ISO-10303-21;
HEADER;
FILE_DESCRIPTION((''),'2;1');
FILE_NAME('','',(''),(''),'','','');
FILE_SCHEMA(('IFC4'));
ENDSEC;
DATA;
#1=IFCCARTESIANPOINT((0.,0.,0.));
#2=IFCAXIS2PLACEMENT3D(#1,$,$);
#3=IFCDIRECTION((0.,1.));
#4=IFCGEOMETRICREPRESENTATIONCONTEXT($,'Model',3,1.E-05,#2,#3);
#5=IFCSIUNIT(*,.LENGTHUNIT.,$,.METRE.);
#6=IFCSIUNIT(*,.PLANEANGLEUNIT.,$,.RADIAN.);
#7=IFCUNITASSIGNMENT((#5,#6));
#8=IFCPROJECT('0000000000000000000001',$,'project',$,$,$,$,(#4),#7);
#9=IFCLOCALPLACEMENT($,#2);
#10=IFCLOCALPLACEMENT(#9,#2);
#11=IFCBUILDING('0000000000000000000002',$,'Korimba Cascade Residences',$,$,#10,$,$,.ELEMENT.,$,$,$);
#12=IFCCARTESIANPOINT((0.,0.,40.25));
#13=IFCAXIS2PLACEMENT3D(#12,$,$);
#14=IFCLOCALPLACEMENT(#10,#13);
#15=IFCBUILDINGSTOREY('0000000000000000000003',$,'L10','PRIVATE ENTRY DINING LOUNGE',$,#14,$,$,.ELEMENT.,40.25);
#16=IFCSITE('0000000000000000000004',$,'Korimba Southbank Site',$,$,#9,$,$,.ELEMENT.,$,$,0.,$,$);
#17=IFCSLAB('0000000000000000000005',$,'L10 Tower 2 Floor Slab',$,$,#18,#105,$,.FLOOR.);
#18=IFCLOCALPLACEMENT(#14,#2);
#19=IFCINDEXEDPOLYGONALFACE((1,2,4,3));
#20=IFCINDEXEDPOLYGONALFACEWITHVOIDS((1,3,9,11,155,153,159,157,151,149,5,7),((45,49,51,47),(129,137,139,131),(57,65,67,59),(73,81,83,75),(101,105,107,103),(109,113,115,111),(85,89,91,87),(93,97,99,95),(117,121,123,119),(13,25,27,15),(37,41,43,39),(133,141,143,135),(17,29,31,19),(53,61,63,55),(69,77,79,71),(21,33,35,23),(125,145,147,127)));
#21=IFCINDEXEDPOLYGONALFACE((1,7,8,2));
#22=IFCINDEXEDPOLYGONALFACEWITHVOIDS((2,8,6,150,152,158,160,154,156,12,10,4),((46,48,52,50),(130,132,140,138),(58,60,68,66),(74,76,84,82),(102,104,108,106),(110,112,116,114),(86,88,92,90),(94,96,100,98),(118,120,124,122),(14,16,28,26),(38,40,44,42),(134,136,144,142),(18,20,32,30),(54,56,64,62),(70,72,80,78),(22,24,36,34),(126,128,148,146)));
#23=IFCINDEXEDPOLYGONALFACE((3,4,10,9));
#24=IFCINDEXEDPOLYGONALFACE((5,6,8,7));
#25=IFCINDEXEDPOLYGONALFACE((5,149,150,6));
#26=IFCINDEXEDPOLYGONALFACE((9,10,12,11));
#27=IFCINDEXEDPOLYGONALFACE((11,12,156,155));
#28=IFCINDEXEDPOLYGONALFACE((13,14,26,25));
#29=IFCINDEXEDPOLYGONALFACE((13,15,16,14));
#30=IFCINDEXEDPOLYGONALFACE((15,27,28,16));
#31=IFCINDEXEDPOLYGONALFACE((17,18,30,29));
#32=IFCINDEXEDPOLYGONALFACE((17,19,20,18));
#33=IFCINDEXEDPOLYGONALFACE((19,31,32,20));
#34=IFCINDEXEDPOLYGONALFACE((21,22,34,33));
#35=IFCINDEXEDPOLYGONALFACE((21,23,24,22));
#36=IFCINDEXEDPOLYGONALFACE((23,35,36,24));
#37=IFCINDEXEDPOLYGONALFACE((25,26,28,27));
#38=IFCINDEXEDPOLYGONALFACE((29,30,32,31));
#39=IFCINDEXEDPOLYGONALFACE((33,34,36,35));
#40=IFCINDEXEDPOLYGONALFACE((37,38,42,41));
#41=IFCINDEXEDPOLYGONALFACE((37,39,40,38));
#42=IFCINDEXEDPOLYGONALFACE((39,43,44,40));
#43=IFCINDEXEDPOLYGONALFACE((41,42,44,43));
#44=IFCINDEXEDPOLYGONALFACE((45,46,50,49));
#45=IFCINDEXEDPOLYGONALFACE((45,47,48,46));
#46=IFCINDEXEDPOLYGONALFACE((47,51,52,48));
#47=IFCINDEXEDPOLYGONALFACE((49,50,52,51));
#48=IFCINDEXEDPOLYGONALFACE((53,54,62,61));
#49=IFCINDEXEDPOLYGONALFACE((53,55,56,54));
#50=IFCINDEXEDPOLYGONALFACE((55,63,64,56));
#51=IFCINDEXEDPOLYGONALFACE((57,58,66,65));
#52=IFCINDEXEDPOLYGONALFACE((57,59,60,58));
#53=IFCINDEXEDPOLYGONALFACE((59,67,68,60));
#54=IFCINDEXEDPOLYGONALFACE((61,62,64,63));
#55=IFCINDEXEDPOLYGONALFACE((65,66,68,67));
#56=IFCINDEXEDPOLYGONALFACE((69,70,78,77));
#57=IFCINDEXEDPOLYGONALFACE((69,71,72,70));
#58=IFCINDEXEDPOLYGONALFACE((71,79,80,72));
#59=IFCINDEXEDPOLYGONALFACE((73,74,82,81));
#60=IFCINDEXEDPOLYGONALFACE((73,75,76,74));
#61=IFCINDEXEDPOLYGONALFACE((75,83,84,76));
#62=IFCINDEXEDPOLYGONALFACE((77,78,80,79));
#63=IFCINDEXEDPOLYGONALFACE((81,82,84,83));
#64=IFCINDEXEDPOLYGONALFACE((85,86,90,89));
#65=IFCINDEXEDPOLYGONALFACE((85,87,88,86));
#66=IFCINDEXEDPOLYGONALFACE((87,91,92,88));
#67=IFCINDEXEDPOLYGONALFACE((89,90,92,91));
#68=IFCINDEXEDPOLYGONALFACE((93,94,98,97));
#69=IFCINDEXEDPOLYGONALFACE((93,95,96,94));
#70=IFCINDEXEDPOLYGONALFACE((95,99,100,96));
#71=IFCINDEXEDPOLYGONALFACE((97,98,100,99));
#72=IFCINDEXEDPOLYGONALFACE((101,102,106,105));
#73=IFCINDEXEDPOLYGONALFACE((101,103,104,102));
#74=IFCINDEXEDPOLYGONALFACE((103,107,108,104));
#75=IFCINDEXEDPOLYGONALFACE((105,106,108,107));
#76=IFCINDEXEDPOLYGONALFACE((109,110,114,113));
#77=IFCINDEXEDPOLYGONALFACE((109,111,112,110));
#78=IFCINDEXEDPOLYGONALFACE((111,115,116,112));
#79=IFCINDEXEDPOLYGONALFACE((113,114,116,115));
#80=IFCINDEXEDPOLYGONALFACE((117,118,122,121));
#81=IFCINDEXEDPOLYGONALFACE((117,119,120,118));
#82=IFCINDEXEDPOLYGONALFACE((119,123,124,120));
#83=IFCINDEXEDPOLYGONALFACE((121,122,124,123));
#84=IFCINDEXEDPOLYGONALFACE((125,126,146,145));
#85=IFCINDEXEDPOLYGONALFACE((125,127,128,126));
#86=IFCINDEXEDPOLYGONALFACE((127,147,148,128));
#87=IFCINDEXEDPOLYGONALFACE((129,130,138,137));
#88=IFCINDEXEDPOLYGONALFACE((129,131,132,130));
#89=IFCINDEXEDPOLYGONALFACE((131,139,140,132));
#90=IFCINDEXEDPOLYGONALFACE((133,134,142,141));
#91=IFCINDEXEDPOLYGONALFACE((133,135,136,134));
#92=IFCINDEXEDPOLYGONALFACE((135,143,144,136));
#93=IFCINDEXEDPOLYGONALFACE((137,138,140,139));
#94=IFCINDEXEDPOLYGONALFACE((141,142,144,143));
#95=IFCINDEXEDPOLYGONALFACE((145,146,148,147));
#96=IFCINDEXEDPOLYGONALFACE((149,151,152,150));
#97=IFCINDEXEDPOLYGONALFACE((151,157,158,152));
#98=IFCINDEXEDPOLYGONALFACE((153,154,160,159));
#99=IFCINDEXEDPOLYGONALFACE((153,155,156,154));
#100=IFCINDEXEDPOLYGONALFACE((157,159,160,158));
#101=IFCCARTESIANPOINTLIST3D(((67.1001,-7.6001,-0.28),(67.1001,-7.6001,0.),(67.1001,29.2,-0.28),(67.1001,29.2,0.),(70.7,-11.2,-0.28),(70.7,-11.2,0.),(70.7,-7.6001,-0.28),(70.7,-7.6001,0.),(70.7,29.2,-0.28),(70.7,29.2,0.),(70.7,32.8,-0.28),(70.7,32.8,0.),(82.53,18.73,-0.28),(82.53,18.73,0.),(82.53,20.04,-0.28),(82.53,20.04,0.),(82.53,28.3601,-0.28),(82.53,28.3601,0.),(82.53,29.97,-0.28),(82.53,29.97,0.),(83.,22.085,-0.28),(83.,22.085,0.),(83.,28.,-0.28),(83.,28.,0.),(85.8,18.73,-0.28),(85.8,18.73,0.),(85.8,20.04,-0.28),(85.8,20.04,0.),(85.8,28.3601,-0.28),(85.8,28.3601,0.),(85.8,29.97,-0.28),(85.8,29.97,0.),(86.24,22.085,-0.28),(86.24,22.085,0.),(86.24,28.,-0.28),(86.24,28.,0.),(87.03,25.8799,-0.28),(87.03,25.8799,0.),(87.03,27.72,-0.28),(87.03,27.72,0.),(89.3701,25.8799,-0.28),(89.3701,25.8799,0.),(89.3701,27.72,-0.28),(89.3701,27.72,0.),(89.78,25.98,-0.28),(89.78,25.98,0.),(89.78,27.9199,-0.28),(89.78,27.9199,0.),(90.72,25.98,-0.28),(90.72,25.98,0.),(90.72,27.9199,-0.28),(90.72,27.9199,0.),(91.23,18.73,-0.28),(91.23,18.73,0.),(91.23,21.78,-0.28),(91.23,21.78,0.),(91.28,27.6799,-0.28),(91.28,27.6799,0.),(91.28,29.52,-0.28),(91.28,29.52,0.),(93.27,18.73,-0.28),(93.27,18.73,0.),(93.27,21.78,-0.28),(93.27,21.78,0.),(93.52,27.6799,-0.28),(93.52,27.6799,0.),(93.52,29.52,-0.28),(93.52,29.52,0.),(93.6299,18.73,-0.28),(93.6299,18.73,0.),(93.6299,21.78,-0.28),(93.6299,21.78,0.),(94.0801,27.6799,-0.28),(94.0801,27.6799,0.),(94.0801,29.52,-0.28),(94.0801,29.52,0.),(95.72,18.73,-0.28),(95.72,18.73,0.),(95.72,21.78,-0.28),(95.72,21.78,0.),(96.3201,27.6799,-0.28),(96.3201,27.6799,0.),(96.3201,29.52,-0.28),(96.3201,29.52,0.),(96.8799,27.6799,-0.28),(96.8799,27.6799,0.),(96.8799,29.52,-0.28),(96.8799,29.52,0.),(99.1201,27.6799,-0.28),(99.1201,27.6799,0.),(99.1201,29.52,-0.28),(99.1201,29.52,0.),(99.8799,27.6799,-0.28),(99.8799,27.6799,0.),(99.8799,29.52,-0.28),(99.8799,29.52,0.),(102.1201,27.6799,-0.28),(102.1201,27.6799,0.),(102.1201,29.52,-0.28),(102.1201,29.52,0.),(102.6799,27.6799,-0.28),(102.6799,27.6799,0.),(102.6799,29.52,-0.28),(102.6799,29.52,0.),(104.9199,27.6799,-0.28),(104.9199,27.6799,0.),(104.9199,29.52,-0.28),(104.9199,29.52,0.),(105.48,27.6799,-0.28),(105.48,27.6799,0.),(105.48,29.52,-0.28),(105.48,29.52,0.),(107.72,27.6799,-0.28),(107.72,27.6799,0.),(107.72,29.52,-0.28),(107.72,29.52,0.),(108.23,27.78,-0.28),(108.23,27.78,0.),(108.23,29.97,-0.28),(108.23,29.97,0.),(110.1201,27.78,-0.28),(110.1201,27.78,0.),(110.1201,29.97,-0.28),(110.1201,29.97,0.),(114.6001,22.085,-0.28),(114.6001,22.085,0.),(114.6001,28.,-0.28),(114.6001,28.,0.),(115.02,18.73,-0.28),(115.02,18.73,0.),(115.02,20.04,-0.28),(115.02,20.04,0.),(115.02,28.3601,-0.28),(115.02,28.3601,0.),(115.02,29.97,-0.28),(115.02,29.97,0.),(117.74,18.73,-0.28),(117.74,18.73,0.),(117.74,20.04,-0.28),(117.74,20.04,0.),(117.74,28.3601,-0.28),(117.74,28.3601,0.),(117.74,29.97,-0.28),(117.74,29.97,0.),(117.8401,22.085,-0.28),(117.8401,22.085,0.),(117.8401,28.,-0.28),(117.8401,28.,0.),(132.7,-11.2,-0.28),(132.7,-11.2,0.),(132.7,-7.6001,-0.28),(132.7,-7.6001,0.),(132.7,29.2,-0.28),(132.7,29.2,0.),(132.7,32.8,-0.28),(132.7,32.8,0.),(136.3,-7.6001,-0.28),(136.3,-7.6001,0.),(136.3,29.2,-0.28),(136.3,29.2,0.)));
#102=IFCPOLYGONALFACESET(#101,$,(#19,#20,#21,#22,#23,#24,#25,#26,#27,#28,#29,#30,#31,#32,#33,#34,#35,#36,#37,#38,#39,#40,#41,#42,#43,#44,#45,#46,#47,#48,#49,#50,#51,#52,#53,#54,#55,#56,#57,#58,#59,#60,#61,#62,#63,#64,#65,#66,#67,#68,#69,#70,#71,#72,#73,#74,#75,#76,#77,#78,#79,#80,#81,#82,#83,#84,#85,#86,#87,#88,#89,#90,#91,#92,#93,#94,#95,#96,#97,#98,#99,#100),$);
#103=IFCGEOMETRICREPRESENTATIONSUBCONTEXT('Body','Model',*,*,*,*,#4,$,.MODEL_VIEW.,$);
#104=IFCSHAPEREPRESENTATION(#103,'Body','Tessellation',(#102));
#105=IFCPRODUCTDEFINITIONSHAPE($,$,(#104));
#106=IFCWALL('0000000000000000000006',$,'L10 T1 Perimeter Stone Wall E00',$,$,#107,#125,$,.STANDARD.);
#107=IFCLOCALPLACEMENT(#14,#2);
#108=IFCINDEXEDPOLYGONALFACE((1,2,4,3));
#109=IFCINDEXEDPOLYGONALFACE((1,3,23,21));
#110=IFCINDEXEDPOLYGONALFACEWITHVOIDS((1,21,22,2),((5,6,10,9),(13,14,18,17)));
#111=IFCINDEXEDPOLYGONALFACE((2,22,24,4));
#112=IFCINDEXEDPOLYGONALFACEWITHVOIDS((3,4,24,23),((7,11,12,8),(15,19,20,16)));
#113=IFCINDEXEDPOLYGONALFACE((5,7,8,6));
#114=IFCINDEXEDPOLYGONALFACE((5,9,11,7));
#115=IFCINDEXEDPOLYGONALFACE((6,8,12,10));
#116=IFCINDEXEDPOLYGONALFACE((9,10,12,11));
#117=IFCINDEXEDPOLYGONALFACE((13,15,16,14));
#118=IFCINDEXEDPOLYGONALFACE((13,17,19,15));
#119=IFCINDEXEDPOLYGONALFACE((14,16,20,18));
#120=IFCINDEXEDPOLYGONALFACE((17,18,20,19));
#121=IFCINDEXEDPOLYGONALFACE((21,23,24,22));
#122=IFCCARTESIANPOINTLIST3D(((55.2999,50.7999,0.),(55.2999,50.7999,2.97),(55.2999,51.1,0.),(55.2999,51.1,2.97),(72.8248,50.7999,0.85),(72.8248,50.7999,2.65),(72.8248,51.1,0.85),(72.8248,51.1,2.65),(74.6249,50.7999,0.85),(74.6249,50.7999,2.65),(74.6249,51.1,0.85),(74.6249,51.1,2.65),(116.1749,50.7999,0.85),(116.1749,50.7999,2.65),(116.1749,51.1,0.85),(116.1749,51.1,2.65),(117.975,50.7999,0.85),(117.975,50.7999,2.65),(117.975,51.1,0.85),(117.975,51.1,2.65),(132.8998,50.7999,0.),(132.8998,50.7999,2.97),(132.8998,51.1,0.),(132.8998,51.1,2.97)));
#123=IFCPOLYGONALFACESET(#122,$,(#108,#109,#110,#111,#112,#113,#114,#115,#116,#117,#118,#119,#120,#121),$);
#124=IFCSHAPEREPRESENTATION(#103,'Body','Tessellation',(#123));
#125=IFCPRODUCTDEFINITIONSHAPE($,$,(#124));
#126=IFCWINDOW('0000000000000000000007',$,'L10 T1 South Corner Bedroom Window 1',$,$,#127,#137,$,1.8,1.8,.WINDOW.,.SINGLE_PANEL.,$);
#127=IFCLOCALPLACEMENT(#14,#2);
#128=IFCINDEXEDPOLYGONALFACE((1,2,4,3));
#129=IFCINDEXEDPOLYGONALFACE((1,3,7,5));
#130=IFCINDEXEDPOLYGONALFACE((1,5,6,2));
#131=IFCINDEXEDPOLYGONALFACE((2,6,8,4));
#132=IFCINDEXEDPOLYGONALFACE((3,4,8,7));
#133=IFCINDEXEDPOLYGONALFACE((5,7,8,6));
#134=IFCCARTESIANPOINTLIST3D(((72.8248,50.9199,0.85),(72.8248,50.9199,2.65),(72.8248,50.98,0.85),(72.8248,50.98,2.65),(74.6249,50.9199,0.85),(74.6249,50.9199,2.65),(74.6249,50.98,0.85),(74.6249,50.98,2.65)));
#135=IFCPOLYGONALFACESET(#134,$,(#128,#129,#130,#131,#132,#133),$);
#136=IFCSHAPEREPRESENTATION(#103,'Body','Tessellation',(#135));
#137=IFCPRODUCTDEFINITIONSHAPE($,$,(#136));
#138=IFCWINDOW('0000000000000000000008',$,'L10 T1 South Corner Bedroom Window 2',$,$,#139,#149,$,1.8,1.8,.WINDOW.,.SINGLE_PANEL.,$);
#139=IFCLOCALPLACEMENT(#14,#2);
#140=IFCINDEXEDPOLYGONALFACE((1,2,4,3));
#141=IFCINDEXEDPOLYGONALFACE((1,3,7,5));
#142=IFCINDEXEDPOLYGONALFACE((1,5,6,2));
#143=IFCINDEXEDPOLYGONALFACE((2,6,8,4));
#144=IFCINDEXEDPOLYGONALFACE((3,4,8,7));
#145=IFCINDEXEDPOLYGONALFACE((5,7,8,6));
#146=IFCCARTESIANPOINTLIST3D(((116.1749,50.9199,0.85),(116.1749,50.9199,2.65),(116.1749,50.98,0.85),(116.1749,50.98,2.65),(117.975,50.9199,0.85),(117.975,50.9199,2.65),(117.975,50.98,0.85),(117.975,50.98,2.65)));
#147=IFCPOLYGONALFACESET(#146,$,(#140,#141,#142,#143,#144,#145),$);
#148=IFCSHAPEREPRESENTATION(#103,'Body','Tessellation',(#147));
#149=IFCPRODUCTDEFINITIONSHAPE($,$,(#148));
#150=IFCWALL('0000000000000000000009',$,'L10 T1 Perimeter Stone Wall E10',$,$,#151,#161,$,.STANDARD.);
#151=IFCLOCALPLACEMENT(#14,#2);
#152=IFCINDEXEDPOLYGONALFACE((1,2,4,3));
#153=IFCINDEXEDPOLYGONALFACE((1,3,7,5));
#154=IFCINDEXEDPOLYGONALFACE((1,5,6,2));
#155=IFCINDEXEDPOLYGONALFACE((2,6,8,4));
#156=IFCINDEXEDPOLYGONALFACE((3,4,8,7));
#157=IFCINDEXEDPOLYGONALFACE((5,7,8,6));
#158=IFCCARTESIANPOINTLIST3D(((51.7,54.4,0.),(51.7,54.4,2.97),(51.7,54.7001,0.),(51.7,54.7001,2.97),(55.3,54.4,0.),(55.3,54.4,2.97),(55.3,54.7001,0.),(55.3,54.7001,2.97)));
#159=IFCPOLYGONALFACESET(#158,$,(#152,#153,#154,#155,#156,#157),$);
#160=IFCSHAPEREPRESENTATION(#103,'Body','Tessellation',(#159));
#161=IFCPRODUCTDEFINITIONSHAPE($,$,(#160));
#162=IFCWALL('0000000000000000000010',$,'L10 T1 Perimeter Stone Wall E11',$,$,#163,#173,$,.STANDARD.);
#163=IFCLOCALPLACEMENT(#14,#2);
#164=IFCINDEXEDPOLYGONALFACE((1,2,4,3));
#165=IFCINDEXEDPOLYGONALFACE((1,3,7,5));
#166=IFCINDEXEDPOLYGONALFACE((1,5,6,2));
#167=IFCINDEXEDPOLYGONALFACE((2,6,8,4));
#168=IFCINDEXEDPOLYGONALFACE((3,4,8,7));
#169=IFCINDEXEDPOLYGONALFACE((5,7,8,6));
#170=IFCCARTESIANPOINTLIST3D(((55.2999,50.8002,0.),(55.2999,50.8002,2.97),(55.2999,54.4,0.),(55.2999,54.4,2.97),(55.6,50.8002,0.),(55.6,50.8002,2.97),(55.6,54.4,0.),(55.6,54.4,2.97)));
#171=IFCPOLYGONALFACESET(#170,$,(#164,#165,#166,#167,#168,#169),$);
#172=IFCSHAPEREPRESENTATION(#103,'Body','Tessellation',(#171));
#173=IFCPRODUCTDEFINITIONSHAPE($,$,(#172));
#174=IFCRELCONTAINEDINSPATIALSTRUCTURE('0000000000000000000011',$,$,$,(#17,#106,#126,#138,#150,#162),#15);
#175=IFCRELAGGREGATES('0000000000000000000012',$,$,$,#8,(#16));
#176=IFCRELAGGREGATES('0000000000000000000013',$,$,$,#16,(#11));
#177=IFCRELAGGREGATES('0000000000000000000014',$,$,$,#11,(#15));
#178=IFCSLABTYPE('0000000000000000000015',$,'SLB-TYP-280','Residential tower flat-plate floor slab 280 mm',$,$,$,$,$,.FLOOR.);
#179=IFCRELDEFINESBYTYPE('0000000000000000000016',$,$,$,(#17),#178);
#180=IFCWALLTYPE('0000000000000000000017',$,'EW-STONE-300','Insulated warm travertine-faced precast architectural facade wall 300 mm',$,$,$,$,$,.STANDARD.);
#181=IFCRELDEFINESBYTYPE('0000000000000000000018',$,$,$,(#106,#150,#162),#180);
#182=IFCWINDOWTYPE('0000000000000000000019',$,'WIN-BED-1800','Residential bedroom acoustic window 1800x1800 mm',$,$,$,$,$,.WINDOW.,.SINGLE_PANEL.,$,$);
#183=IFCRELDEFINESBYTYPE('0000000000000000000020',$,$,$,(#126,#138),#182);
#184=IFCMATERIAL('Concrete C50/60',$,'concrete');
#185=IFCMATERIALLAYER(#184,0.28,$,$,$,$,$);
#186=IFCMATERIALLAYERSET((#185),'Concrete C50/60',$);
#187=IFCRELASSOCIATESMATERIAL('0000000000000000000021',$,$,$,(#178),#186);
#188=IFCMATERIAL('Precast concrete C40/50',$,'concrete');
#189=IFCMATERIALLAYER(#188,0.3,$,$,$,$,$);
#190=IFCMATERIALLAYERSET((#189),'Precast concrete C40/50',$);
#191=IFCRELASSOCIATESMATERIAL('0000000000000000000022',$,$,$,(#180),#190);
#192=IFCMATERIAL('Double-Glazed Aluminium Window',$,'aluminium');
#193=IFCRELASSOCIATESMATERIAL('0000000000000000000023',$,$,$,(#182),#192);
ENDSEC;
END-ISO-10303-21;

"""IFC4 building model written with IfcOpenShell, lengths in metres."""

from ifc_helpers import new_model, si_unit, direction, frame, frame_2d, origin, place, context, subcontext, project, spatial, polyline, rectangle, outline, extrude, material, layer, layer_set, type_object, element, fill, save


model = new_model("IFC4")

# Units and contexts
model_context = context("Model", 3, precision=1e-05, world=origin(), true_north=direction((0.0, 1.0)))
body_context = subcontext(model_context, "Body", "Model", "MODEL_VIEW")
ifc_project = project(units=[si_unit("LENGTHUNIT", "METRE"), si_unit("PLANEANGLEUNIT", "RADIAN")], contexts=[model_context])

# Site, building, storey
site_placement = place(None, origin())
site = spatial("IfcSite", under=ifc_project, at=site_placement, Name="Korimba Southbank Site", CompositionType="ELEMENT", RefElevation=0.0)
building_placement = place(site_placement, origin())
building = spatial("IfcBuilding", under=site, at=building_placement, Name="Korimba Cascade Residences", CompositionType="ELEMENT")
storey_placement = place(building_placement, frame((0.0, 0.0, 40.25)))
storey = spatial("IfcBuildingStorey", under=building, at=storey_placement, Name="L10", Description="PRIVATE ENTRY DINING LOUNGE", CompositionType="ELEMENT", Elevation=40.25)

# Shared definitions
ifc_material_1 = material(Name="Concrete C50/60", Category="concrete")

# Slab
ifc_material_2 = material(Name="Precast concrete C40/50", Category="concrete")
ifc_layer_1 = layer(ifc_material_1, 0.28)
ifc_layer_set_1 = layer_set([ifc_layer_1], Name="Concrete C50/60")
slab_type_1 = type_object("IfcSlabType", Name="SLB-TYP-280", Description="Residential tower flat-plate floor slab 280 mm", PredefinedType="FLOOR", material=ifc_layer_set_1)
slab_1_placement = place(storey_placement, frame((0.0, 0.0, -0.28)))
element("IfcSlab", 1, at=slab_1_placement, inside=storey, type_object=slab_type_1, Name="L10 Tower 2 Floor Slab", PredefinedType="FLOOR", context=body_context, shape_type="SweptSolid", body=[
    extrude(outline(polyline([(70.7, -11.2), (132.7, -11.2), (132.7, -7.6001), (136.3, -7.6001), (136.3, 29.2), (132.7, 29.2), (132.7, 32.8), (70.7, 32.8), (70.7, 29.2), (67.1001, 29.2), (67.1001, -7.6001), (70.7, -7.6001), (70.7, -11.2)]), holes=[polyline([(86.24, 22.085), (86.24, 28.0), (83.0, 28.0), (83.0, 22.085), (86.24, 22.085)]), polyline([(117.8401, 22.085), (117.8401, 28.0), (114.6001, 28.0), (114.6001, 22.085), (117.8401, 22.085)]), polyline([(87.03, 25.8799), (89.3701, 25.8799), (89.3701, 27.72), (87.03, 27.72), (87.03, 25.8799)]), polyline([(91.28, 27.6799), (93.52, 27.6799), (93.52, 29.52), (91.28, 29.52), (91.28, 27.6799)]), polyline([(94.0801, 27.6799), (96.3201, 27.6799), (96.3201, 29.52), (94.0801, 29.52), (94.0801, 27.6799)]), polyline([(96.8799, 27.6799), (99.1201, 27.6799), (99.1201, 29.52), (96.8799, 29.52), (96.8799, 27.6799)]), polyline([(99.8799, 27.6799), (102.1201, 27.6799), (102.1201, 29.52), (99.8799, 29.52), (99.8799, 27.6799)]), polyline([(102.6799, 27.6799), (104.9199, 27.6799), (104.9199, 29.52), (102.6799, 29.52), (102.6799, 27.6799)]), polyline([(105.48, 27.6799), (107.72, 27.6799), (107.72, 29.52), (105.48, 29.52), (105.48, 27.6799)]), polyline([(89.78, 25.98), (90.72, 25.98), (90.72, 27.9199), (89.78, 27.9199), (89.78, 25.98)]), polyline([(82.53, 18.73), (85.8, 18.73), (85.8, 20.04), (82.53, 20.04), (82.53, 18.73)]), polyline([(82.53, 28.3601), (85.8, 28.3601), (85.8, 29.97), (82.53, 29.97), (82.53, 28.3601)]), polyline([(108.23, 27.78), (110.1201, 27.78), (110.1201, 29.97), (108.23, 29.97), (108.23, 27.78)]), polyline([(91.23, 18.73), (93.27, 18.73), (93.27, 21.78), (91.23, 21.78), (91.23, 18.73)]), polyline([(93.6299, 18.73), (95.72, 18.73), (95.72, 21.78), (93.6299, 21.78), (93.6299, 18.73)]), polyline([(115.02, 18.73), (117.74, 18.73), (117.74, 20.04), (115.02, 20.04), (115.02, 18.73)]), polyline([(115.02, 28.3601), (117.74, 28.3601), (117.74, 29.97), (115.02, 29.97), (115.02, 28.3601)])]), origin(), (0.0, 0.0, 1.0), 0.28),
])

# Wall, openings, windows
ifc_layer_2 = layer(ifc_material_2, 0.3)
ifc_layer_set_2 = layer_set([ifc_layer_2], Name="Precast concrete C40/50")
wall_type_1 = type_object("IfcWallType", Name="EW-STONE-300", Description="Insulated warm travertine-faced precast architectural facade wall 300 mm", PredefinedType="STANDARD", material=ifc_layer_set_2)
wall_1_placement = place(storey_placement, frame((55.3, 50.95, 0.0), z_axis=(0.0, 0.0, 1.0), x_axis=(1.0, 0.0, 0.0)))
wall_1 = element("IfcWall", 2, at=wall_1_placement, inside=storey, type_object=wall_type_1, Name="L10 T1 Perimeter Stone Wall E00", PredefinedType="STANDARD", context=body_context, shape_type="SweptSolid", body=[
    extrude(rectangle(XDim=77.5999, YDim=0.3, at=frame_2d((38.7998, 0.0))), origin(), (0.0, 0.0, 1.0), 2.97),
])
opening_1_placement = place(wall_1_placement, frame((17.5249, 0.0, 0.8501)))
opening_1 = element("IfcOpeningElement", 3, at=opening_1_placement, cuts=wall_1, PredefinedType="OPENING", context=body_context, shape_type="SweptSolid", body=[
    extrude(rectangle(XDim=1.8, YDim=1.8, at=frame_2d((0.8999, 0.8999))), frame((0.0, 0.1602, 0.0), z_axis=(0.0, -1.0, 0.0), x_axis=(1.0, 0.0, 0.0)), (0.0, 0.0, 1.0), 0.3201),
])
opening_2_placement = place(wall_1_placement, frame((60.875, 0.0, 0.8501)))
opening_2 = element("IfcOpeningElement", 4, at=opening_2_placement, cuts=wall_1, PredefinedType="OPENING", context=body_context, shape_type="SweptSolid", body=[
    extrude(rectangle(XDim=1.8, YDim=1.8, at=frame_2d((0.8999, 0.8999))), frame((0.0, 0.1602, 0.0), z_axis=(0.0, -1.0, 0.0), x_axis=(1.0, 0.0, 0.0)), (0.0, 0.0, 1.0), 0.3201),
])
ifc_material_3 = material(Name="Double-Glazed Aluminium Window", Category="aluminium")
window_type = type_object("IfcWindowType", Name="WIN-BED-1800", Description="Residential bedroom acoustic window 1800x1800 mm", PartitioningType="SINGLE_PANEL", PredefinedType="WINDOW", material=ifc_material_3)
window_1_placement = place(opening_1_placement, origin())
window_1 = element("IfcWindow", 5, at=window_1_placement, inside=storey, type_object=window_type, Name="L10 T1 South Corner Bedroom Window 1", OverallHeight=1.8, OverallWidth=1.8, PartitioningType="SINGLE_PANEL", PredefinedType="WINDOW", context=body_context, shape_type="SweptSolid", body=[
    extrude(rectangle(XDim=1.8, YDim=1.8, at=frame_2d((0.8999, 0.8999))), frame((0.0, 0.03, 0.0), z_axis=(0.0, -1.0, 0.0), x_axis=(1.0, 0.0, 0.0)), (0.0, 0.0, 1.0), 0.0601),
])
fill(opening_1, window_1)
window_2_placement = place(opening_2_placement, origin())
window_2 = element("IfcWindow", 6, at=window_2_placement, inside=storey, type_object=window_type, Name="L10 T1 South Corner Bedroom Window 2", OverallHeight=1.8, OverallWidth=1.8, PartitioningType="SINGLE_PANEL", PredefinedType="WINDOW", context=body_context, shape_type="SweptSolid", body=[
    extrude(rectangle(XDim=1.8, YDim=1.8, at=frame_2d((0.8999, 0.8999))), frame((0.0, 0.03, 0.0), z_axis=(0.0, -1.0, 0.0), x_axis=(1.0, 0.0, 0.0)), (0.0, 0.0, 1.0), 0.0601),
])
fill(opening_2, window_2)

# Walls
wall_2_placement = place(storey_placement, frame((51.7, 54.55, 0.0), z_axis=(0.0, 0.0, 1.0), x_axis=(1.0, 0.0, 0.0)))
element("IfcWall", 7, at=wall_2_placement, inside=storey, type_object=wall_type_1, Name="L10 T1 Perimeter Stone Wall E10", PredefinedType="STANDARD", context=body_context, shape_type="SweptSolid", body=[
    extrude(rectangle(XDim=3.6001, YDim=0.3, at=frame_2d((1.8, 0.0))), origin(), (0.0, 0.0, 1.0), 2.97),
])
wall_3_placement = place(storey_placement, frame((55.45, 54.3999, 0.0), z_axis=(0.0, 0.0, 1.0), x_axis=(0.0, -1.0, 0.0)))
element("IfcWall", 8, at=wall_3_placement, inside=storey, type_object=wall_type_1, Name="L10 T1 Perimeter Stone Wall E11", PredefinedType="STANDARD", context=body_context, shape_type="SweptSolid", body=[
    extrude(rectangle(XDim=3.5999, YDim=0.3, at=frame_2d((1.7998, 0.0))), origin(), (0.0, 0.0, 1.0), 2.97),
])

save(model, "model.ifc")
